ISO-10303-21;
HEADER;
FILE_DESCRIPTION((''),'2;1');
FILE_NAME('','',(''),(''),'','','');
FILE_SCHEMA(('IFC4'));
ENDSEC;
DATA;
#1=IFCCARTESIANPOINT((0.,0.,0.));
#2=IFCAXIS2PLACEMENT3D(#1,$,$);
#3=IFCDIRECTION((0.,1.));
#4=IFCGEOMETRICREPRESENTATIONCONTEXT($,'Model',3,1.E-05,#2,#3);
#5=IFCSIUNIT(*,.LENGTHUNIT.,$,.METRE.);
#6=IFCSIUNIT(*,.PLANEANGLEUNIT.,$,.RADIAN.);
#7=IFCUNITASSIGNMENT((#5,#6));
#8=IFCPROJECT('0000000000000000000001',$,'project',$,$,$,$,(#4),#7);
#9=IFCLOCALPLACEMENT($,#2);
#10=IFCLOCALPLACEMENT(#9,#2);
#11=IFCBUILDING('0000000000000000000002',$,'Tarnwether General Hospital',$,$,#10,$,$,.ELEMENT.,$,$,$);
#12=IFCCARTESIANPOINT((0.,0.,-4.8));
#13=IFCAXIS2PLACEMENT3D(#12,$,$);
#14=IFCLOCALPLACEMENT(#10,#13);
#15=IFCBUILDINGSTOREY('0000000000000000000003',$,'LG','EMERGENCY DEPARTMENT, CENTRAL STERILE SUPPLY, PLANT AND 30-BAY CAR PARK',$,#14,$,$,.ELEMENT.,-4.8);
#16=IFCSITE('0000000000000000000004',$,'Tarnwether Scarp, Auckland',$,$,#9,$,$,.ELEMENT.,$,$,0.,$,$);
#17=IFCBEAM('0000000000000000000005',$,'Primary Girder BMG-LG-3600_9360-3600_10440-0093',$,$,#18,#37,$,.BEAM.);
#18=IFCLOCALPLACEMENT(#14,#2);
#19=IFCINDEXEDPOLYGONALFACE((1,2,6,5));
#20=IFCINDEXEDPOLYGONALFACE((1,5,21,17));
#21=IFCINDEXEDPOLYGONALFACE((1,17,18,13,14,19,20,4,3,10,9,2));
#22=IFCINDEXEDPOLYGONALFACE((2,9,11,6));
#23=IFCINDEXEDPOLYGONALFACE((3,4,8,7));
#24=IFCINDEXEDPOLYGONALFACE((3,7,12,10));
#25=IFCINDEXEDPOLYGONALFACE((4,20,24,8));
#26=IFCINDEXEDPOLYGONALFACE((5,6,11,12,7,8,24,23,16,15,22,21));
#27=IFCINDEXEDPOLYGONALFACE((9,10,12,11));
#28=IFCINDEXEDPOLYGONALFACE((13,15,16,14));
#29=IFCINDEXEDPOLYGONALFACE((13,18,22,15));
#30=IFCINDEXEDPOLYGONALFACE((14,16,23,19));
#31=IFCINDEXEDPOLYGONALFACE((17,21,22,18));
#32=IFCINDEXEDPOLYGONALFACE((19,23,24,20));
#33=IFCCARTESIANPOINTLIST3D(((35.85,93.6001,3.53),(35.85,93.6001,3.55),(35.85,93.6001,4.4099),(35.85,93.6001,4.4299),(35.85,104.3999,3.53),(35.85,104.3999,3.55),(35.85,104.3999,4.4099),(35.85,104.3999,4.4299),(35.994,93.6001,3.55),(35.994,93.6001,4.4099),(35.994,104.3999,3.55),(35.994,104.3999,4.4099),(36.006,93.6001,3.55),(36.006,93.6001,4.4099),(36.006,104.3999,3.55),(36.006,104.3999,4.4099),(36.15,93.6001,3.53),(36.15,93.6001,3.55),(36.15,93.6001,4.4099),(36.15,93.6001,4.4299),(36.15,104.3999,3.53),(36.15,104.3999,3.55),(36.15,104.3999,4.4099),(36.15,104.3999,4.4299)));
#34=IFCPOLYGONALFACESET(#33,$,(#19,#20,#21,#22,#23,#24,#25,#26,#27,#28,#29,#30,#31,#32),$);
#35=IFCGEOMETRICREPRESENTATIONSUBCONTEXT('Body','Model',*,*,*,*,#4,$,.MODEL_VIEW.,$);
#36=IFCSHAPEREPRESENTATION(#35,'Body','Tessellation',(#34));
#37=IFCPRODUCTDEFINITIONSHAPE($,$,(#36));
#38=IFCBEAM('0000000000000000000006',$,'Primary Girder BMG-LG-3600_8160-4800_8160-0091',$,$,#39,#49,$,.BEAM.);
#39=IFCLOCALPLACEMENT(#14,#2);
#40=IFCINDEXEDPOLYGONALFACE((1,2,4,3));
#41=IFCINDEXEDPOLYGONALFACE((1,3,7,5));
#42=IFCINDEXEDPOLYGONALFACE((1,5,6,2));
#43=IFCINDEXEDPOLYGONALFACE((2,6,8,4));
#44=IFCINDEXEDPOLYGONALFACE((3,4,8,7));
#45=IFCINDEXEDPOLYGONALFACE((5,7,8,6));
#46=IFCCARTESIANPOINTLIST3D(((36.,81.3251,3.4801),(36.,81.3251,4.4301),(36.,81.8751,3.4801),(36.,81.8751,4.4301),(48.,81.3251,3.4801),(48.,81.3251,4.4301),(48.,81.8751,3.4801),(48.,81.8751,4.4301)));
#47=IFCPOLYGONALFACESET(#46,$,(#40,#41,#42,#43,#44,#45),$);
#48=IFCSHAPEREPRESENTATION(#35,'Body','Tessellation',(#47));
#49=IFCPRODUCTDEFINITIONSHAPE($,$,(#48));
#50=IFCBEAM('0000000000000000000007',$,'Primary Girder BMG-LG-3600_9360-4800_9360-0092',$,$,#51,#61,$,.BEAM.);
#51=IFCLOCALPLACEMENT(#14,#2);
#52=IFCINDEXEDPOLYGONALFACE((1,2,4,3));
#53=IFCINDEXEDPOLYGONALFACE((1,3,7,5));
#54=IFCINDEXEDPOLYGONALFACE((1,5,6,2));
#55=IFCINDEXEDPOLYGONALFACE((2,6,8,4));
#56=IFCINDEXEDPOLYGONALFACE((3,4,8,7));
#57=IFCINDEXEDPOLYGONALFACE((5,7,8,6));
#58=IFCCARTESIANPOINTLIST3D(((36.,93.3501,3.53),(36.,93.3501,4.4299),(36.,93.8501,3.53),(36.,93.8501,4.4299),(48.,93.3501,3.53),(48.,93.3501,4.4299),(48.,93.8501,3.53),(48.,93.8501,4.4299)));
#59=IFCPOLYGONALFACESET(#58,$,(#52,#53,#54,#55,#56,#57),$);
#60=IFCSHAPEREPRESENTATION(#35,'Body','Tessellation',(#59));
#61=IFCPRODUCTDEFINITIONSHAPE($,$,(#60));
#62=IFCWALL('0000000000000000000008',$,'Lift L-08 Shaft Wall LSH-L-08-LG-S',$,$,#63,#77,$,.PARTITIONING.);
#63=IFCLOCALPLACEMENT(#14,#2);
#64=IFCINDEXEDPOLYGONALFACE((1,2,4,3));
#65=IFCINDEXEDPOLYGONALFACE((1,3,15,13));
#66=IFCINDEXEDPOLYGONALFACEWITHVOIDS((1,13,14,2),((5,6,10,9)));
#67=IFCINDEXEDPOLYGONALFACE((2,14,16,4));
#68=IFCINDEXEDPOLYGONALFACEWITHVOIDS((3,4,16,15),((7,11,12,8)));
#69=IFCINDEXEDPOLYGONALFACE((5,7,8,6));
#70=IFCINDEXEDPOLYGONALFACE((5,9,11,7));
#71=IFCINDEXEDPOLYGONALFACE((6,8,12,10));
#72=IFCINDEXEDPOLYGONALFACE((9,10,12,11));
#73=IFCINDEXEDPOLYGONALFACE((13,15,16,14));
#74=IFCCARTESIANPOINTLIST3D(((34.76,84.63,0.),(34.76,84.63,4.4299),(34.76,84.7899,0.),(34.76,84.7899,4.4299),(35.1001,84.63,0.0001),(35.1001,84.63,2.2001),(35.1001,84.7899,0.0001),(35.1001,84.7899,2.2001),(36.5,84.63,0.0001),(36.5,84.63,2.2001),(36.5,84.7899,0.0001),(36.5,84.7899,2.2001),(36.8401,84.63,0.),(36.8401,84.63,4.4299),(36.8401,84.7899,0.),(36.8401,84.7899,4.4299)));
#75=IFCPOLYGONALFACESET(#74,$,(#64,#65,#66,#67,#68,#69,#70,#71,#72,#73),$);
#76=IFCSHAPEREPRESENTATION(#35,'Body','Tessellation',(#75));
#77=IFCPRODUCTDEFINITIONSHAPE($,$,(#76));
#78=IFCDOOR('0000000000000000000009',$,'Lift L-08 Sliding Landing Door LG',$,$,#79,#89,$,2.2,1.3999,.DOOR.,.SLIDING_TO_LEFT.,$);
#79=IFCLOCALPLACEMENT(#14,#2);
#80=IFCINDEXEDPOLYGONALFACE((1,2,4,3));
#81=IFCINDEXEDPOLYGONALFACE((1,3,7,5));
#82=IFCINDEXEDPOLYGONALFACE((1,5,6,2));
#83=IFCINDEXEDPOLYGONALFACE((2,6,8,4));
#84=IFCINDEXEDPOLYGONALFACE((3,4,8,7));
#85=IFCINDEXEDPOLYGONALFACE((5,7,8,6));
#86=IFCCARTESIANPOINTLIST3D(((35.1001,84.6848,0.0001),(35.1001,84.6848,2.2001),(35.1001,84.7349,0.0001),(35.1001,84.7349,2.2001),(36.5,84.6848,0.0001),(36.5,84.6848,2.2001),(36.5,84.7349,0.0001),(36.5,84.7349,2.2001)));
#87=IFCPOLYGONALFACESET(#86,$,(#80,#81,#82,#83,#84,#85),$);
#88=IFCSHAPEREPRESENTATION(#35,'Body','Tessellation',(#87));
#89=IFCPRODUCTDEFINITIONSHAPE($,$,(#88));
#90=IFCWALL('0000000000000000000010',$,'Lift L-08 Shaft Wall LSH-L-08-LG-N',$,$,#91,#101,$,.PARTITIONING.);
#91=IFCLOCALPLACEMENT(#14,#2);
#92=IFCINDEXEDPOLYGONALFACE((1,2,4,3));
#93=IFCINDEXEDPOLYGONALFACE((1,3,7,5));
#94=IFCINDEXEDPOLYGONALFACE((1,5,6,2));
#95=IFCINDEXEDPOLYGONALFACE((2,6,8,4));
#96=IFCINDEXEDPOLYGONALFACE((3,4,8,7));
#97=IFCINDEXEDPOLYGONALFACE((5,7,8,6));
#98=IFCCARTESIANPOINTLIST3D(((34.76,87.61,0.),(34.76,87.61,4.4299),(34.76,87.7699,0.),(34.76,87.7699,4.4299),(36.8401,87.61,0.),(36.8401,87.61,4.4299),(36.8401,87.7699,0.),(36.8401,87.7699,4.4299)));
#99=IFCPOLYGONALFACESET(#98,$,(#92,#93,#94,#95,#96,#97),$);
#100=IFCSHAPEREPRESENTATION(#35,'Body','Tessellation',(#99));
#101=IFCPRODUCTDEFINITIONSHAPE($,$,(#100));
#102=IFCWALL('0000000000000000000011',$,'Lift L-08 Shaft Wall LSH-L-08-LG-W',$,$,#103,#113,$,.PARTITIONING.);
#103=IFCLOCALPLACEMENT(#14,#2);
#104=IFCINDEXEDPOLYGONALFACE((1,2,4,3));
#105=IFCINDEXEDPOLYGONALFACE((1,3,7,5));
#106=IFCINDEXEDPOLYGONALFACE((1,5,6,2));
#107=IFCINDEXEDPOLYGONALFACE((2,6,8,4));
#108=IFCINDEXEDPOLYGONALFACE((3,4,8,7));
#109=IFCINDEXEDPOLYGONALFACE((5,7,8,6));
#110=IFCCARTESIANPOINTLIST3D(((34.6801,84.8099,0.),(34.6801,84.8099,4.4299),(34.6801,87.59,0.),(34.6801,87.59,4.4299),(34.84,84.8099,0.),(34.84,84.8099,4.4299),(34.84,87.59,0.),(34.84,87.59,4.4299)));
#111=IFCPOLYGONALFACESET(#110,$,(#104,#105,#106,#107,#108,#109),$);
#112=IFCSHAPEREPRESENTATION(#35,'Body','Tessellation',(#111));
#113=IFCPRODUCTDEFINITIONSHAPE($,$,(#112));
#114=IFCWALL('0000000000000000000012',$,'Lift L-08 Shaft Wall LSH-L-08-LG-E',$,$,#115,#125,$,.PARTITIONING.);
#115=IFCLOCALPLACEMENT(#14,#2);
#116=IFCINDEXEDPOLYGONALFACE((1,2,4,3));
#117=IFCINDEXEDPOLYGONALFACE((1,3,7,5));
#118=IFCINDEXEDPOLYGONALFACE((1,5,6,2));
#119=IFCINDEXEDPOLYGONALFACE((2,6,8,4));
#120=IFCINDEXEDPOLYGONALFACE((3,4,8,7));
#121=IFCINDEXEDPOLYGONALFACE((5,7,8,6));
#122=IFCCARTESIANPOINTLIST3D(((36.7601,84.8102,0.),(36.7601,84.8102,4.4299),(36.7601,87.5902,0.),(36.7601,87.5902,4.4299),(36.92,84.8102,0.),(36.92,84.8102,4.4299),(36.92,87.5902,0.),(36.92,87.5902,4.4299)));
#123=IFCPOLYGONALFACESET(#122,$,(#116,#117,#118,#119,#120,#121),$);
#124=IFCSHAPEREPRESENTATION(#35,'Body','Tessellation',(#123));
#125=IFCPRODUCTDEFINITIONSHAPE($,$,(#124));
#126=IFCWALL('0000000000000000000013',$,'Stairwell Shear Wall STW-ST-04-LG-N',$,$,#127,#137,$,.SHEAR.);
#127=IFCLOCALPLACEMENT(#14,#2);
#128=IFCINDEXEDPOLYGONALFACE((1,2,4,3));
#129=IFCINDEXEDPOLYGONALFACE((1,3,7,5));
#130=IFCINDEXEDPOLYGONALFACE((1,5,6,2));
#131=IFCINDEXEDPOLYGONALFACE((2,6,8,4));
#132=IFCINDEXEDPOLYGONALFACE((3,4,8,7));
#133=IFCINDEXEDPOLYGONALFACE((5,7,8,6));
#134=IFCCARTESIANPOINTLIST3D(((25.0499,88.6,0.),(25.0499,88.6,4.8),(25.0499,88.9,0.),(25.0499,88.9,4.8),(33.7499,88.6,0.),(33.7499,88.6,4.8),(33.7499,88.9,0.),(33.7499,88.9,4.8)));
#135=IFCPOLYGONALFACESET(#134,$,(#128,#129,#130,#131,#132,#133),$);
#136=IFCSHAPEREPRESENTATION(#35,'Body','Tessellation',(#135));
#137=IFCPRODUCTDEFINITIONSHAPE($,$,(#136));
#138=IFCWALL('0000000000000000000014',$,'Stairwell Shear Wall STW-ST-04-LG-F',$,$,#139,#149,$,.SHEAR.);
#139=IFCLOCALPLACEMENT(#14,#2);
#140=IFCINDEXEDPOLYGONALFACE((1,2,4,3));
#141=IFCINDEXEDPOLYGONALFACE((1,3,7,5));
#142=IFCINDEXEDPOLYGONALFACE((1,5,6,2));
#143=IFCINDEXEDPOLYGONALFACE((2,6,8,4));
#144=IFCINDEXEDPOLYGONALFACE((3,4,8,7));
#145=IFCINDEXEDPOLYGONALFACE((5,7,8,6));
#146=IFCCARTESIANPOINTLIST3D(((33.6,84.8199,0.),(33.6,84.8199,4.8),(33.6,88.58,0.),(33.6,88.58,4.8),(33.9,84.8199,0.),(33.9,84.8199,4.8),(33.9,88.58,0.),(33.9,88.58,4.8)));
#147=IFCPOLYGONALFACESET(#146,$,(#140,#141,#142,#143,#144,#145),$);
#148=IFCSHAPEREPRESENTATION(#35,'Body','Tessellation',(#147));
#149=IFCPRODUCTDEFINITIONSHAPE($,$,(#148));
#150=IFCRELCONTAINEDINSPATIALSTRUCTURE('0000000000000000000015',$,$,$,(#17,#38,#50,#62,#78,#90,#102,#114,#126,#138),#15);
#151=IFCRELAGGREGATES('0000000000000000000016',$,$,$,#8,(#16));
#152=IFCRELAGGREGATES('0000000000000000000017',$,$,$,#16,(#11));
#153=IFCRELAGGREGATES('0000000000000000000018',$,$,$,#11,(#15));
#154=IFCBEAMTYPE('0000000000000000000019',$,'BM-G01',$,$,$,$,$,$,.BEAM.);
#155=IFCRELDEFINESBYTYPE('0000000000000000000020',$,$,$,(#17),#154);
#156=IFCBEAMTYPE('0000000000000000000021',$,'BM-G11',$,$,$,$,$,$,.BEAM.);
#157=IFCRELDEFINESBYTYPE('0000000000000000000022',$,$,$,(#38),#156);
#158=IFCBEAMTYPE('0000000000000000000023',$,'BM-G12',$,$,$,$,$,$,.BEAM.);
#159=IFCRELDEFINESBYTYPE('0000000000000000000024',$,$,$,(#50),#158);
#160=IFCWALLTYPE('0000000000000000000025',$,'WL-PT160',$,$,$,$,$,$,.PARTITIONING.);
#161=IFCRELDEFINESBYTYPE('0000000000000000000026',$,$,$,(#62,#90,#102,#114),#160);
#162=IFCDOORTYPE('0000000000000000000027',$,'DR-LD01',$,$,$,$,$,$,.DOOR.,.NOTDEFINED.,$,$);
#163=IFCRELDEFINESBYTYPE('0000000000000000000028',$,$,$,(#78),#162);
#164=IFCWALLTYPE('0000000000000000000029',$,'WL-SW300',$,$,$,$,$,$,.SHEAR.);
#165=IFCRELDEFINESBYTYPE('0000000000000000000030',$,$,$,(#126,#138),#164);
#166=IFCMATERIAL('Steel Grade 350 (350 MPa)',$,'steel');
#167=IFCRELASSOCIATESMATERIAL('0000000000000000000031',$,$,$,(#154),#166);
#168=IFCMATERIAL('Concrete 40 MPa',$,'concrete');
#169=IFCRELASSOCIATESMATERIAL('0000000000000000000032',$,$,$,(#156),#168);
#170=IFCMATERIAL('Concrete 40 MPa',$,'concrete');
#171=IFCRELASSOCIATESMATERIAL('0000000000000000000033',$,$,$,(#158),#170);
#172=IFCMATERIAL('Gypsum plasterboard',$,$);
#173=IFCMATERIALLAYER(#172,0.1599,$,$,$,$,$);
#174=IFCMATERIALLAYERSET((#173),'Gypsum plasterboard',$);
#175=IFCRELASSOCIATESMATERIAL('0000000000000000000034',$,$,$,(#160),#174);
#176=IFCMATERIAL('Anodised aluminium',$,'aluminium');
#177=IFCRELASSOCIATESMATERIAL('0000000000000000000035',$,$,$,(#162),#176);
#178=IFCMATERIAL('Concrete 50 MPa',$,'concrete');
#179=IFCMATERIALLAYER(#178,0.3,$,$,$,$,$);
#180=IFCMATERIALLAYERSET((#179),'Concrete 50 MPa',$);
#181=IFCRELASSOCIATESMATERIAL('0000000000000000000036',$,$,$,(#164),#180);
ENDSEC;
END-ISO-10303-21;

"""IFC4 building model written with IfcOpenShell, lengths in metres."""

from ifc_helpers import new_model, si_unit, direction, frame, frame_2d, origin, origin_2d, place, context, subcontext, project, spatial, rectangle, i_section, extrude, material, layer, layer_set, material_profile, profile_set, type_object, element, fill, save


model = new_model("IFC4")

# Units and contexts
model_context = context("Model", 3, precision=1e-05, world=origin(), true_north=direction((0.0, 1.0)))
body_context = subcontext(model_context, "Body", "Model", "MODEL_VIEW")
ifc_project = project(units=[si_unit("LENGTHUNIT", "METRE"), si_unit("PLANEANGLEUNIT", "RADIAN")], contexts=[model_context])

# Site, building, storey
site_placement = place(None, origin())
site = spatial("IfcSite", under=ifc_project, at=site_placement, Name="Tarnwether Scarp, Auckland", CompositionType="ELEMENT", RefElevation=0.0)
building_placement = place(site_placement, origin())
building = spatial("IfcBuilding", under=site, at=building_placement, Name="Tarnwether General Hospital", CompositionType="ELEMENT")
storey_placement = place(building_placement, frame((0.0, 0.0, -4.8)))
storey = spatial("IfcBuildingStorey", under=building, at=storey_placement, Name="LG", Description="EMERGENCY DEPARTMENT, CENTRAL STERILE SUPPLY, PLANT AND 30-BAY CAR PARK", CompositionType="ELEMENT", Elevation=-4.8)

# Beams
ifc_material_1 = material(Name="Steel Grade 350 (350 MPa)", Category="steel")
ifc_material_profile_1 = material_profile(ifc_material_1, i_section(OverallWidth=0.3, OverallDepth=0.8999, WebThickness=0.012, FlangeThickness=0.02, at=origin_2d()), Name="900WB175")
ifc_profile_set_1 = profile_set([ifc_material_profile_1], Name="Steel Grade 350 (350 MPa)")
beam_type_1 = type_object("IfcBeamType", Name="BM-G01", PredefinedType="BEAM", material=ifc_profile_set_1)
beam_1_placement = place(storey_placement, frame((36.0, 93.6001, 3.98), z_axis=(0.0, 1.0, 0.0), x_axis=(-1.0, 0.0, 0.0)))
element("IfcBeam", 1, at=beam_1_placement, inside=storey, type_object=beam_type_1, Name="Primary Girder BMG-LG-3600_9360-3600_10440-0093", PredefinedType="BEAM", context=body_context, shape_type="SweptSolid", body=[
    extrude(i_section(OverallWidth=0.3, OverallDepth=0.8999, WebThickness=0.012, FlangeThickness=0.02, at=origin_2d()), origin(), (0.0, 0.0, 1.0), 10.7998),
])
ifc_material_2 = material(Name="Concrete 40 MPa", Category="concrete")
ifc_material_profile_2 = material_profile(ifc_material_2, rectangle(XDim=0.55, YDim=0.95, at=origin_2d()), Name="RC-BM-550x950")
ifc_profile_set_2 = profile_set([ifc_material_profile_2], Name="Concrete 40 MPa")
beam_type_2 = type_object("IfcBeamType", Name="BM-G11", PredefinedType="BEAM", material=ifc_profile_set_2)
beam_2_placement = place(storey_placement, frame((36.0, 81.6001, 3.9551), z_axis=(1.0, 0.0, 0.0), x_axis=(0.0, 1.0, 0.0)))
element("IfcBeam", 2, at=beam_2_placement, inside=storey, type_object=beam_type_2, Name="Primary Girder BMG-LG-3600_8160-4800_8160-0091", PredefinedType="BEAM", context=body_context, shape_type="SweptSolid", body=[
    extrude(rectangle(XDim=0.55, YDim=0.95, at=origin_2d()), origin(), (0.0, 0.0, 1.0), 12.0),
])
ifc_material_3 = material(Name="Concrete 40 MPa", Category="concrete")
ifc_material_profile_3 = material_profile(ifc_material_3, rectangle(XDim=0.5, YDim=0.8999, at=origin_2d()), Name="RC-BM-500x900")
ifc_profile_set_3 = profile_set([ifc_material_profile_3], Name="Concrete 40 MPa")
beam_type_3 = type_object("IfcBeamType", Name="BM-G12", PredefinedType="BEAM", material=ifc_profile_set_3)
beam_3_placement = place(storey_placement, frame((36.0, 93.6001, 3.98), z_axis=(1.0, 0.0, 0.0), x_axis=(0.0, 1.0, 0.0)))
element("IfcBeam", 3, at=beam_3_placement, inside=storey, type_object=beam_type_3, Name="Primary Girder BMG-LG-3600_9360-4800_9360-0092", PredefinedType="BEAM", context=body_context, shape_type="SweptSolid", body=[
    extrude(rectangle(XDim=0.5, YDim=0.8999, at=origin_2d()), origin(), (0.0, 0.0, 1.0), 12.0),
])

# Wall, opening, door
ifc_material_4 = material(Name="Gypsum plasterboard")
ifc_layer_1 = layer(ifc_material_4, 0.1599)
ifc_layer_set_1 = layer_set([ifc_layer_1], Name="Gypsum plasterboard")
wall_type_1 = type_object("IfcWallType", Name="WL-PT160", PredefinedType="PARTITIONING", material=ifc_layer_set_1)
wall_1_placement = place(storey_placement, frame((34.76, 84.71, 0.0), z_axis=(0.0, 0.0, 1.0), x_axis=(1.0, 0.0, 0.0)))
wall_1 = element("IfcWall", 4, at=wall_1_placement, inside=storey, type_object=wall_type_1, Name="Lift L-08 Shaft Wall LSH-L-08-LG-S", PredefinedType="PARTITIONING", context=body_context, shape_type="SweptSolid", body=[
    extrude(rectangle(XDim=2.0801, YDim=0.1599, at=frame_2d((1.04, 0.0))), origin(), (0.0, 0.0, 1.0), 4.4299),
])
opening_placement = place(wall_1_placement, frame((0.3401, 0.0, 0.0)))
opening = element("IfcOpeningElement", 5, at=opening_placement, cuts=wall_1, PredefinedType="OPENING", context=body_context, shape_type="SweptSolid", body=[
    extrude(rectangle(XDim=1.3999, YDim=2.2, at=frame_2d((0.7, 1.1001))), frame((0.0, 0.0898, 0.0), z_axis=(0.0, -1.0, 0.0), x_axis=(1.0, 0.0, 0.0)), (0.0, 0.0, 1.0), 0.1799),
])
ifc_material_5 = material(Name="Anodised aluminium", Category="aluminium")
door_type = type_object("IfcDoorType", Name="DR-LD01", OperationType="NOTDEFINED", PredefinedType="DOOR", material=ifc_material_5)
door_placement = place(opening_placement, origin())
door = element("IfcDoor", 6, at=door_placement, inside=storey, type_object=door_type, Name="Lift L-08 Sliding Landing Door LG", OperationType="SLIDING_TO_LEFT", OverallHeight=2.2, OverallWidth=1.3999, PredefinedType="DOOR", context=body_context, shape_type="SweptSolid", body=[
    extrude(rectangle(XDim=1.3999, YDim=2.2, at=frame_2d((0.7, 1.1001))), frame((0.0, 0.0249, 0.0), z_axis=(0.0, -1.0, 0.0), x_axis=(1.0, 0.0, 0.0)), (0.0, 0.0, 1.0), 0.05),
])
fill(opening, door)

# Walls
wall_2_placement = place(storey_placement, frame((36.8401, 87.6899, 0.0), z_axis=(0.0, 0.0, 1.0), x_axis=(-1.0, 0.0, 0.0)))
element("IfcWall", 7, at=wall_2_placement, inside=storey, type_object=wall_type_1, Name="Lift L-08 Shaft Wall LSH-L-08-LG-N", PredefinedType="PARTITIONING", context=body_context, shape_type="SweptSolid", body=[
    extrude(rectangle(XDim=2.0801, YDim=0.1599, at=frame_2d((1.04, 0.0))), origin(), (0.0, 0.0, 1.0), 4.4299),
])
for number, where, z_axis, x_axis, name in (
    (8, (34.76, 87.5901, 0.0), (0.0, 0.0, 1.0), (0.0, -1.0, 0.0), "Lift L-08 Shaft Wall LSH-L-08-LG-W"),
    (9, (36.8401, 84.8101, 0.0), (0.0, 0.0, 1.0), (0.0, 1.0, 0.0), "Lift L-08 Shaft Wall LSH-L-08-LG-E"),
):
    element("IfcWall", number, at=place(storey_placement, frame(where, z_axis=z_axis, x_axis=x_axis)), inside=storey, type_object=wall_type_1, Name=name, PredefinedType="PARTITIONING", context=body_context, shape_type="SweptSolid", body=[
        extrude(rectangle(XDim=2.78, YDim=0.1599, at=frame_2d((1.3901, 0.0))), origin(), (0.0, 0.0, 1.0), 4.4299),
    ])
ifc_material_6 = material(Name="Concrete 50 MPa", Category="concrete")
ifc_layer_2 = layer(ifc_material_6, 0.3)
ifc_layer_set_2 = layer_set([ifc_layer_2], Name="Concrete 50 MPa")
wall_type_2 = type_object("IfcWallType", Name="WL-SW300", PredefinedType="SHEAR", material=ifc_layer_set_2)
wall_3_placement = place(storey_placement, frame((33.75, 88.75, 0.0), z_axis=(0.0, 0.0, 1.0), x_axis=(-1.0, 0.0, 0.0)))
element("IfcWall", 10, at=wall_3_placement, inside=storey, type_object=wall_type_2, Name="Stairwell Shear Wall STW-ST-04-LG-N", PredefinedType="SHEAR", context=body_context, shape_type="SweptSolid", body=[
    extrude(rectangle(XDim=8.7, YDim=0.3, at=frame_2d((4.3501, 0.0))), origin(), (0.0, 0.0, 1.0), 4.8),
])
wall_4_placement = place(storey_placement, frame((33.75, 84.8201, 0.0), z_axis=(0.0, 0.0, 1.0), x_axis=(0.0, 1.0, 0.0)))
element("IfcWall", 11, at=wall_4_placement, inside=storey, type_object=wall_type_2, Name="Stairwell Shear Wall STW-ST-04-LG-F", PredefinedType="SHEAR", context=body_context, shape_type="SweptSolid", body=[
    extrude(rectangle(XDim=3.76, YDim=0.3, at=frame_2d((1.8799, 0.0))), origin(), (0.0, 0.0, 1.0), 4.8),
])

save(model, "model.ifc")
